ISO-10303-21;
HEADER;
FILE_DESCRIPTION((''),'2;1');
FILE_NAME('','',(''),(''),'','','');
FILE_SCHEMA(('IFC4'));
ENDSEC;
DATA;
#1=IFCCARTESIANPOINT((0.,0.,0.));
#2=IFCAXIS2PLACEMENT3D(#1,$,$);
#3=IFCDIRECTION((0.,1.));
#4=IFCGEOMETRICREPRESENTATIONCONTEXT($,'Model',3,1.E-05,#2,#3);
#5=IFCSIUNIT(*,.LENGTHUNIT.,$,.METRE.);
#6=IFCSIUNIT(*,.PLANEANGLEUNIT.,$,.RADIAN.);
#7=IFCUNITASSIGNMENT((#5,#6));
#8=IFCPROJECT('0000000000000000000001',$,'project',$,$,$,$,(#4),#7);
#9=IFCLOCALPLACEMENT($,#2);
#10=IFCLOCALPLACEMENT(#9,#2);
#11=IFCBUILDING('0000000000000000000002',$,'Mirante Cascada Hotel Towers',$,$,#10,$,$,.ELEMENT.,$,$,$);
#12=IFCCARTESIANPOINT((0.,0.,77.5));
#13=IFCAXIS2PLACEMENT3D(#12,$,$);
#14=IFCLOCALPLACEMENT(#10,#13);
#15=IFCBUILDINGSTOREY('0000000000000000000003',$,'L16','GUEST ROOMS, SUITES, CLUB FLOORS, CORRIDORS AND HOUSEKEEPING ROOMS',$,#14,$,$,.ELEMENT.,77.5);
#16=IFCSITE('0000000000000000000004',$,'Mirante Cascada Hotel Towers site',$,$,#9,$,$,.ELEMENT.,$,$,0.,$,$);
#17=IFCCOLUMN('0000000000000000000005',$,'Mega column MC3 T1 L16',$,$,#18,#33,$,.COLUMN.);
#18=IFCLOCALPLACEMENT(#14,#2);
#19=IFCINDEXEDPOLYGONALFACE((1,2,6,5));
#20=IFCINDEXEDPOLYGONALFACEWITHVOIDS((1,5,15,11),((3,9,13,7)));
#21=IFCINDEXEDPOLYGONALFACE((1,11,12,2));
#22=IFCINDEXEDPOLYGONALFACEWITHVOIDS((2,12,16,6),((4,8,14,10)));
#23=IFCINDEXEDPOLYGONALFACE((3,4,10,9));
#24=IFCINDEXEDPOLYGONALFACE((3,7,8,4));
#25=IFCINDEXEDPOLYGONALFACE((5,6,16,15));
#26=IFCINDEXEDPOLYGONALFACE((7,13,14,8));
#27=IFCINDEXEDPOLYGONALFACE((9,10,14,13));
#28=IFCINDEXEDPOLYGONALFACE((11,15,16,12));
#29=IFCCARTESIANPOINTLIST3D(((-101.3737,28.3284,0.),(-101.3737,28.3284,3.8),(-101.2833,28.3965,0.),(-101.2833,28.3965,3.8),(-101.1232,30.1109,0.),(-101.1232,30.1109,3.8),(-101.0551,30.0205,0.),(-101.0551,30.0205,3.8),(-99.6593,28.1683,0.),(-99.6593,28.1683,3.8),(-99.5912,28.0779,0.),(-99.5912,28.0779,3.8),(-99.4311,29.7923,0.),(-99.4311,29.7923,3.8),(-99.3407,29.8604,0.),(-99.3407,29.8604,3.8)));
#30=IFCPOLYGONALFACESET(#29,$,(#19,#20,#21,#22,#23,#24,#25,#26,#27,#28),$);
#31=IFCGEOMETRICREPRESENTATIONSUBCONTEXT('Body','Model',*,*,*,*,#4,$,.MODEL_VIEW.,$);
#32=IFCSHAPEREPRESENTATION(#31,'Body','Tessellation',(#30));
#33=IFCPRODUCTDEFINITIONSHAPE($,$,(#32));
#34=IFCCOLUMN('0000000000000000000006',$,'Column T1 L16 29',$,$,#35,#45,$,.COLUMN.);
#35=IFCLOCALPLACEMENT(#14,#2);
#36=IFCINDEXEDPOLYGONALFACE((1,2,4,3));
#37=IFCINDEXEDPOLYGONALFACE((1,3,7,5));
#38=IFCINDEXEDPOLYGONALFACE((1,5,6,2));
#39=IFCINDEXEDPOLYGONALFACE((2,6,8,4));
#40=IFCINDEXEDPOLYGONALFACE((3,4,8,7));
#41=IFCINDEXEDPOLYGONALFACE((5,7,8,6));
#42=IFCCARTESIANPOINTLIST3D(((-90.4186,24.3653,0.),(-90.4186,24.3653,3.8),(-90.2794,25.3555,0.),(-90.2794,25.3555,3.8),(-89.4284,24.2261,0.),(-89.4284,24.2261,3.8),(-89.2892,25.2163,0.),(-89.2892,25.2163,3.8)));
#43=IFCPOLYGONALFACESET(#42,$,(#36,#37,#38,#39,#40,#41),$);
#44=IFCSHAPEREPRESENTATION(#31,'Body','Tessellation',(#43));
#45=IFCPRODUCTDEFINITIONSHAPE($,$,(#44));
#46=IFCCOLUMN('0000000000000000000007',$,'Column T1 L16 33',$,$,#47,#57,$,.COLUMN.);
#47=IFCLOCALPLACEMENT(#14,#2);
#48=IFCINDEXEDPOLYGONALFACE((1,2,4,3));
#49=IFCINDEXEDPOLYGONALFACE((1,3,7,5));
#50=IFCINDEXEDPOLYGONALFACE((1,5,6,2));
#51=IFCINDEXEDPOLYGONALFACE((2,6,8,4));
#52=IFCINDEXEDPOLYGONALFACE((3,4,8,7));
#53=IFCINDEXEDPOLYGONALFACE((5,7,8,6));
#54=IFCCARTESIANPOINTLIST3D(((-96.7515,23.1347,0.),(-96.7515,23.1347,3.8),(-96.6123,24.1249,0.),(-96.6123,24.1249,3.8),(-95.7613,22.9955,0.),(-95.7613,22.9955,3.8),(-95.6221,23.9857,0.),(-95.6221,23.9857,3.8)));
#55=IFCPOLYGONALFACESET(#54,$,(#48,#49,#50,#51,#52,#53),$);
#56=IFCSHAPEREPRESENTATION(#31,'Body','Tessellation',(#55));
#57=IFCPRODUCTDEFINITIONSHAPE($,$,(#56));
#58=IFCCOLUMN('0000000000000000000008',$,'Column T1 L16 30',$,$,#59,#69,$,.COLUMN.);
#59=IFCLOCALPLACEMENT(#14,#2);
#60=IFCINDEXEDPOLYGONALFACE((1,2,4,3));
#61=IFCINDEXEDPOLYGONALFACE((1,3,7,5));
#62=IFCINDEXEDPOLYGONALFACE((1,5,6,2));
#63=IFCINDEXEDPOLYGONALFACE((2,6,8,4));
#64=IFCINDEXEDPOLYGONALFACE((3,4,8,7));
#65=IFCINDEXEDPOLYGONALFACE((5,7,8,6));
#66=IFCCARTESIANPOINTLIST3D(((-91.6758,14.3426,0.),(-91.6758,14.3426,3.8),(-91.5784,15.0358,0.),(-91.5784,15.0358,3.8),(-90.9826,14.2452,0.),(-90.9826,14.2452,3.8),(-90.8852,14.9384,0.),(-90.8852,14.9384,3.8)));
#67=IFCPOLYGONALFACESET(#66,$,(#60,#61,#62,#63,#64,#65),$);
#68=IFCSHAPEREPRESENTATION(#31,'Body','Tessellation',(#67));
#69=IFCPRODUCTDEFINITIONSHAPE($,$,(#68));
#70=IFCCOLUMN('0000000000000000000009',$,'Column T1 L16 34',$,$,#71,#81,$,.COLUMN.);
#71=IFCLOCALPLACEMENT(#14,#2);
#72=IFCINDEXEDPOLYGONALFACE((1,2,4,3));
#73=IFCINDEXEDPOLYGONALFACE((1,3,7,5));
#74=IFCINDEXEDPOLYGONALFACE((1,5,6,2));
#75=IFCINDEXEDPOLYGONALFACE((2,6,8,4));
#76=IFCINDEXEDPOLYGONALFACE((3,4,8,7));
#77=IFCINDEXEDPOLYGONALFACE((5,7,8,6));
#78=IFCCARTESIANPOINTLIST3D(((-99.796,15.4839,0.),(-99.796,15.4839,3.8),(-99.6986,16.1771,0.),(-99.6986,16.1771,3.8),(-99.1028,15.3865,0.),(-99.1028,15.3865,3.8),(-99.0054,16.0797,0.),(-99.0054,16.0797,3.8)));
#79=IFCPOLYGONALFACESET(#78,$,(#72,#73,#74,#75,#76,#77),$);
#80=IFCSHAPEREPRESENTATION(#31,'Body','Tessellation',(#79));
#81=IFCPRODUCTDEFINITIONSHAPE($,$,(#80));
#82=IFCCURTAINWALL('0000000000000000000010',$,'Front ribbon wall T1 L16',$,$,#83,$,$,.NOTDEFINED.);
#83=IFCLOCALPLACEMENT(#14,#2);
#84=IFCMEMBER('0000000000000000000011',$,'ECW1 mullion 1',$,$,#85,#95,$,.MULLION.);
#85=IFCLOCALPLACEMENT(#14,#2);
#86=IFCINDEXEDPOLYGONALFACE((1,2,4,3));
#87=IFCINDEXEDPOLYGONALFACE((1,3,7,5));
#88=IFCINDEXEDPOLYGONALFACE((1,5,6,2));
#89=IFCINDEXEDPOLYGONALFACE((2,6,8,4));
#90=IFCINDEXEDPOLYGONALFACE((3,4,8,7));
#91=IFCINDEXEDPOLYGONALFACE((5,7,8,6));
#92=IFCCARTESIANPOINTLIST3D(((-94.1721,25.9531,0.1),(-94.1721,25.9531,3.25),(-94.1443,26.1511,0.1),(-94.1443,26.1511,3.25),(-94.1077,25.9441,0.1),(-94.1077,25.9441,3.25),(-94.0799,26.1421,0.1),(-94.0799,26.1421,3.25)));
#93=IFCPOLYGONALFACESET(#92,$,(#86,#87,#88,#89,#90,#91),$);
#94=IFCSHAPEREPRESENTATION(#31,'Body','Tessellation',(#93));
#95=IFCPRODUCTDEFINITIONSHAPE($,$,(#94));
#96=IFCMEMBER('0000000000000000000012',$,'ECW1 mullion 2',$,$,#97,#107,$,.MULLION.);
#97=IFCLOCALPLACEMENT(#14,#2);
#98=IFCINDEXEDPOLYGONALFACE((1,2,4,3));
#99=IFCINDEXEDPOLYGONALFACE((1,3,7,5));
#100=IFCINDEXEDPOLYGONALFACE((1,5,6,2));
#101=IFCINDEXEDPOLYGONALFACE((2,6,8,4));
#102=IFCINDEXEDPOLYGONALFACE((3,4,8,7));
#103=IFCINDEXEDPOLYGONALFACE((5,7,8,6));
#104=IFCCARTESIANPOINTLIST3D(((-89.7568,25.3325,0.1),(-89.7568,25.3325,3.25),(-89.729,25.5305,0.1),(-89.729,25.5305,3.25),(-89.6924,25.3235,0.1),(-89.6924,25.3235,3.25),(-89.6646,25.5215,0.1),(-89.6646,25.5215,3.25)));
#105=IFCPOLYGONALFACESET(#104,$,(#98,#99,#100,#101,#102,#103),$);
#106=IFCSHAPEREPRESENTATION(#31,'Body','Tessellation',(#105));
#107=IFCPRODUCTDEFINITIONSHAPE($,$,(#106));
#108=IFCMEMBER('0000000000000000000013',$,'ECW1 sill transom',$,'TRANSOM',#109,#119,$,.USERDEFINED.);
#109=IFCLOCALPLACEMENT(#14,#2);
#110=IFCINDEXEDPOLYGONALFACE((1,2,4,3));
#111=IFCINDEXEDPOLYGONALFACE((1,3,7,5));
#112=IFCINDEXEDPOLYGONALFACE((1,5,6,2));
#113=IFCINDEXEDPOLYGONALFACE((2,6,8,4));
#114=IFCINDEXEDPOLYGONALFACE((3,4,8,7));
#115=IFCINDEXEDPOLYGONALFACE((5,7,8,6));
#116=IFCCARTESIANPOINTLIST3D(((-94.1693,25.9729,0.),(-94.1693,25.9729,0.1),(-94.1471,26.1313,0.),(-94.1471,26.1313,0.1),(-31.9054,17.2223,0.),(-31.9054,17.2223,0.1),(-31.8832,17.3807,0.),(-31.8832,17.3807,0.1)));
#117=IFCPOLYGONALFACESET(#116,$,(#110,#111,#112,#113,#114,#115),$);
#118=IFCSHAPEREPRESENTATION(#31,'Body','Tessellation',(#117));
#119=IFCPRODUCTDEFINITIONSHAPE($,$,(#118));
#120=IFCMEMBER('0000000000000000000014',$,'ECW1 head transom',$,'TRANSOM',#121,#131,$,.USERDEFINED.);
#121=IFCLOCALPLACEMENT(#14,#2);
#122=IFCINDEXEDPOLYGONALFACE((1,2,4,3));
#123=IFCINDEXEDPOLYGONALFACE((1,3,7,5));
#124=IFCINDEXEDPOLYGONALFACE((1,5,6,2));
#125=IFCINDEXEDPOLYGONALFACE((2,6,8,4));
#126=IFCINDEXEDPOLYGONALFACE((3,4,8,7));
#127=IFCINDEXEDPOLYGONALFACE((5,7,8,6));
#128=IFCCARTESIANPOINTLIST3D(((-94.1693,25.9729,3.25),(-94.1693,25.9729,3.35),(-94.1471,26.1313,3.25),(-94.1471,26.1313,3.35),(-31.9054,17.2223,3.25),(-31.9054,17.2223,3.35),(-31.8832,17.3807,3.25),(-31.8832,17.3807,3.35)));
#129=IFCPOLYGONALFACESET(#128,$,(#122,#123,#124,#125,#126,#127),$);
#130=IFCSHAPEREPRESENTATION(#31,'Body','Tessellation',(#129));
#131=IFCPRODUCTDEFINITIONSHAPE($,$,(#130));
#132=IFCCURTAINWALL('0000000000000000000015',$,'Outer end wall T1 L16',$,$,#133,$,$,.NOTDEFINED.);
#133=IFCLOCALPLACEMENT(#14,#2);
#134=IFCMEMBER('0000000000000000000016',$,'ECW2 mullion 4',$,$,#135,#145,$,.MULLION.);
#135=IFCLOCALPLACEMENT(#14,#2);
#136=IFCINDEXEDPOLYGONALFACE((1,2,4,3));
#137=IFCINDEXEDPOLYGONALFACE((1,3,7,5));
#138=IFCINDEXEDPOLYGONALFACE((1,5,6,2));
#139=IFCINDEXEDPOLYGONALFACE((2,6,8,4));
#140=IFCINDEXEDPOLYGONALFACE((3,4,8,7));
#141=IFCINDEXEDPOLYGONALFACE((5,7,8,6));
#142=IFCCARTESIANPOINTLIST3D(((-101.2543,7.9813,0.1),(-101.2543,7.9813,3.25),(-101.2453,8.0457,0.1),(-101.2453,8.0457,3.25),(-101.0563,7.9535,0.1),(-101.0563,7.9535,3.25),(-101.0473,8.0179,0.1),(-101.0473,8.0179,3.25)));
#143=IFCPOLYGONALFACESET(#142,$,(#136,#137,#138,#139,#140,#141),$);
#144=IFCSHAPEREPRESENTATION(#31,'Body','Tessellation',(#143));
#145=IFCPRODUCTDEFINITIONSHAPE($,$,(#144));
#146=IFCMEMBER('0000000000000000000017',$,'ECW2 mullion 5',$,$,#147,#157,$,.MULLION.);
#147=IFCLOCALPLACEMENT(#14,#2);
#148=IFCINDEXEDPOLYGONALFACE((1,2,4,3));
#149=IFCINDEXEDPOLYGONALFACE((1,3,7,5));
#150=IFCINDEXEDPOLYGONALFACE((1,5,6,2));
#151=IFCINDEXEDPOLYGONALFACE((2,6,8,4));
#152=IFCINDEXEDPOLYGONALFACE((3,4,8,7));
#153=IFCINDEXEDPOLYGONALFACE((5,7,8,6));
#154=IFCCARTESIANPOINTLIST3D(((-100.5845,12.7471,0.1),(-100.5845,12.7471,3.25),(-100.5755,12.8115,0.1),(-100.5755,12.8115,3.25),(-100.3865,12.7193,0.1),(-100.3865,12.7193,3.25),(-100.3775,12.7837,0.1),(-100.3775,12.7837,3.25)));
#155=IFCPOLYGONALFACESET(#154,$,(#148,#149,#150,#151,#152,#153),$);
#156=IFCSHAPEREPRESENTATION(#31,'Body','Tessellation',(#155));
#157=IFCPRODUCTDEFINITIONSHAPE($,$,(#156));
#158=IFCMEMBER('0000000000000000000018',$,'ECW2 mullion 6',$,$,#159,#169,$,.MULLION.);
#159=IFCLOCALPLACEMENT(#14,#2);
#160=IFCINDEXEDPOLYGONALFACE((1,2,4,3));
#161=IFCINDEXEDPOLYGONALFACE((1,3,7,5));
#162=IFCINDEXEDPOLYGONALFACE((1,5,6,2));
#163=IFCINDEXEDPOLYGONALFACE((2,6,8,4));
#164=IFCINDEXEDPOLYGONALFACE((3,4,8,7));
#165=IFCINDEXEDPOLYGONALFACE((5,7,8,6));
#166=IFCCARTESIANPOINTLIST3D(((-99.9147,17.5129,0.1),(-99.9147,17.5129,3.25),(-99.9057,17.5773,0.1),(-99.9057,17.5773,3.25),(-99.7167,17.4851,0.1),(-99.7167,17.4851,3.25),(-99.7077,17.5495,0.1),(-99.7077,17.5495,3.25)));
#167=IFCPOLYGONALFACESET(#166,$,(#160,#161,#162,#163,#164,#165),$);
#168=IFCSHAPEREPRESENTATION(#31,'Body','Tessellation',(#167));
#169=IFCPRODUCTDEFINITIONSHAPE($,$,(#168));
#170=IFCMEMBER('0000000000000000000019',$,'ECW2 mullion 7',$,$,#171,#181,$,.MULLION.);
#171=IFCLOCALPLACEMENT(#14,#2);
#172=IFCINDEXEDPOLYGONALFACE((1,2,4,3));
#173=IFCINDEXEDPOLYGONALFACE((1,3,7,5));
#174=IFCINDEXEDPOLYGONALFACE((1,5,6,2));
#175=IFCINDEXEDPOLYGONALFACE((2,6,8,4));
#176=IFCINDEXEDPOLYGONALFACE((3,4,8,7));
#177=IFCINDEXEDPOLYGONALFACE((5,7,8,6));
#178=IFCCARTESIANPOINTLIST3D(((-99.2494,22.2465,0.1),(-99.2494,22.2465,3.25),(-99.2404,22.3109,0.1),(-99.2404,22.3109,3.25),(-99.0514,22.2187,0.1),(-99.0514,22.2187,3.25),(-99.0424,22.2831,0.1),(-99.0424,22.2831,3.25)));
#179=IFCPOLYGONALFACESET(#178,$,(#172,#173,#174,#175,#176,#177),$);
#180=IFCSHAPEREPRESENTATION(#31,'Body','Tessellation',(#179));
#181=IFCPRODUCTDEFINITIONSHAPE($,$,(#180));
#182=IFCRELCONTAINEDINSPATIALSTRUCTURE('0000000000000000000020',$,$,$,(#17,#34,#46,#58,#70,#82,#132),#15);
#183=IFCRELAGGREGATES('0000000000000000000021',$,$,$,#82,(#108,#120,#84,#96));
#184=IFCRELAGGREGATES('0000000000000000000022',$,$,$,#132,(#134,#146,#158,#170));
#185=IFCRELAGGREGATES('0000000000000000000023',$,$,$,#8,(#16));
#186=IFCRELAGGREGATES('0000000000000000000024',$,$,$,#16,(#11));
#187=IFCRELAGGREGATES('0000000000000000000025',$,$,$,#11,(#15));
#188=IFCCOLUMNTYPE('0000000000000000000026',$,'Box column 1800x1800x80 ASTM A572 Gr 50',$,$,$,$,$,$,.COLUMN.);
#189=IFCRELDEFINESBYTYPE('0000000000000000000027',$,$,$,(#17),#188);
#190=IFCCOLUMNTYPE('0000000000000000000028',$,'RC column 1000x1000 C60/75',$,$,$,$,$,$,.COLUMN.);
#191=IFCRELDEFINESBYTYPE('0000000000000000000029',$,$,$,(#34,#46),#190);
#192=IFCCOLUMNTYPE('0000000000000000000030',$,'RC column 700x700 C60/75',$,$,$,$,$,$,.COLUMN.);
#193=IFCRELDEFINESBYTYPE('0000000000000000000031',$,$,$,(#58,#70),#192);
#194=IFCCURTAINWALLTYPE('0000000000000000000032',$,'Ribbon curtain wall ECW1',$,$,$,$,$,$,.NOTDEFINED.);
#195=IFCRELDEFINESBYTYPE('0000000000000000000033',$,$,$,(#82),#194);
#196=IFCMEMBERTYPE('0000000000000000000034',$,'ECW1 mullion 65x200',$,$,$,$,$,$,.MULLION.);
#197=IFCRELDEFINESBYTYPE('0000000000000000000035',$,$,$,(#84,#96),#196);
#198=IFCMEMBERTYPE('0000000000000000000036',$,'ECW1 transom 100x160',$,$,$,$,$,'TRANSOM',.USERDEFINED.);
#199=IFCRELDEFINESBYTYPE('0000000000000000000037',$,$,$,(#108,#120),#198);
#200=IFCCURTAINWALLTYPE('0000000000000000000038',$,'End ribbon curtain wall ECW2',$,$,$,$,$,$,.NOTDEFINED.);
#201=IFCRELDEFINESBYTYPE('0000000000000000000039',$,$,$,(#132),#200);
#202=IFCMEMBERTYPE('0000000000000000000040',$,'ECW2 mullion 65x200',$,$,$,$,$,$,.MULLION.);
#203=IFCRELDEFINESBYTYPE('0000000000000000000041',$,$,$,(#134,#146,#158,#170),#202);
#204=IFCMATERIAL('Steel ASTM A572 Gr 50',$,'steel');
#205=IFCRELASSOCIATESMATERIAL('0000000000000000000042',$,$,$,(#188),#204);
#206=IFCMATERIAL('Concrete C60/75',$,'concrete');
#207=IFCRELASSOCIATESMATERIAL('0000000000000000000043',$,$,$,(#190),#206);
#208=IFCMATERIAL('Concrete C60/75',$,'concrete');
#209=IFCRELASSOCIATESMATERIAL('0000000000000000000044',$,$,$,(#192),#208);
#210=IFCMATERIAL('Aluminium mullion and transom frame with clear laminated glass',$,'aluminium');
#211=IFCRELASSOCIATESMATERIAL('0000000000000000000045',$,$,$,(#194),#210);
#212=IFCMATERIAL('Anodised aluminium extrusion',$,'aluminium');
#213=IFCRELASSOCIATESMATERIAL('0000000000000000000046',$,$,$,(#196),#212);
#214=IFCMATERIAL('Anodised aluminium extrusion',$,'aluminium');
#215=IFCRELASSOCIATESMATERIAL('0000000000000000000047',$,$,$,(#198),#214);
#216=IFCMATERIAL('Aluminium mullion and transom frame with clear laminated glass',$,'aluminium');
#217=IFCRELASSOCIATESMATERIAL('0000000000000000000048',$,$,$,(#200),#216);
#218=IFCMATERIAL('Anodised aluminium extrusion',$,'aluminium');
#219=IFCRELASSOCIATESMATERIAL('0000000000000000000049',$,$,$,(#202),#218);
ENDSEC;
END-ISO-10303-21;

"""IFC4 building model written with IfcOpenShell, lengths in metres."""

from ifc_helpers import new_model, si_unit, direction, frame, origin, origin_2d, place, context, subcontext, project, spatial, rectangle, hollow_rectangle, extrude, material, material_profile, profile_set, type_object, element, aggregate, save


model = new_model("IFC4")

# Units and contexts
model_context = context("Model", 3, precision=1e-05, world=origin(), true_north=direction((0.0, 1.0)))
body_context = subcontext(model_context, "Body", "Model", "MODEL_VIEW")
ifc_project = project(units=[si_unit("LENGTHUNIT", "METRE"), si_unit("PLANEANGLEUNIT", "RADIAN")], contexts=[model_context])

# Site, building, storey
site_placement = place(None, origin())
site = spatial("IfcSite", under=ifc_project, at=site_placement, Name="Mirante Cascada Hotel Towers site", CompositionType="ELEMENT", RefElevation=0.0)
building_placement = place(site_placement, origin())
building = spatial("IfcBuilding", under=site, at=building_placement, Name="Mirante Cascada Hotel Towers", CompositionType="ELEMENT")
storey_placement = place(building_placement, frame((0.0, 0.0, 77.5)))
storey = spatial("IfcBuildingStorey", under=building, at=storey_placement, Name="L16", Description="GUEST ROOMS, SUITES, CLUB FLOORS, CORRIDORS AND HOUSEKEEPING ROOMS", CompositionType="ELEMENT", Elevation=77.5)

# Columns
ifc_material_1 = material(Name="Steel ASTM A572 Gr 50", Category="steel")
ifc_material_profile_1 = material_profile(ifc_material_1, hollow_rectangle(XDim=1.8, YDim=1.8, WallThickness=0.08, at=origin_2d()), Name="Box column 1800x1800x80 ASTM A572 Gr 50")
ifc_profile_set_1 = profile_set([ifc_material_profile_1], Name="Steel ASTM A572 Gr 50")
column_type_1 = type_object("IfcColumnType", Name="Box column 1800x1800x80 ASTM A572 Gr 50", PredefinedType="COLUMN", material=ifc_profile_set_1)
column_placement = place(storey_placement, frame((-100.3572, 29.0944, 0.0), z_axis=(0.0, 0.0, 1.0), x_axis=(-0.990268, 0.139173, 0.0)))
element("IfcColumn", 1, at=column_placement, inside=storey, type_object=column_type_1, Name="Mega column MC3 T1 L16", PredefinedType="COLUMN", context=body_context, shape_type="SweptSolid", body=[
    extrude(hollow_rectangle(XDim=1.8, YDim=1.8, WallThickness=0.08, at=origin_2d()), origin(), (0.0, 0.0, 1.0), 3.8),
])
ifc_material_2 = material(Name="Concrete C60/75", Category="concrete")
ifc_material_profile_2 = material_profile(ifc_material_2, rectangle(XDim=1.0, YDim=1.0, at=origin_2d()), Name="RC column 1000x1000 C60/75")
ifc_profile_set_2 = profile_set([ifc_material_profile_2], Name="Concrete C60/75")
column_type_2 = type_object("IfcColumnType", Name="RC column 1000x1000 C60/75", PredefinedType="COLUMN", material=ifc_profile_set_2)
for number, where, z_axis, x_axis, name in (
    (2, (-89.8539, 24.7908, 0.0), (0.0, 0.0, 1.0), (-0.990268, 0.139173, 0.0), "Column T1 L16 29"),
    (3, (-96.1868, 23.5602, 0.0), (0.0, 0.0, 1.0), (-0.990268, 0.139173, 0.0), "Column T1 L16 33"),
):
    element("IfcColumn", number, at=place(storey_placement, frame(where, z_axis=z_axis, x_axis=x_axis)), inside=storey, type_object=column_type_2, Name=name, PredefinedType="COLUMN", context=body_context, shape_type="SweptSolid", body=[
        extrude(rectangle(XDim=1.0, YDim=1.0, at=origin_2d()), origin(), (0.0, 0.0, 1.0), 3.8),
    ])
ifc_material_3 = material(Name="Concrete C60/75", Category="concrete")
ifc_material_profile_3 = material_profile(ifc_material_3, rectangle(XDim=0.7, YDim=0.7, at=origin_2d()), Name="RC column 700x700 C60/75")
ifc_profile_set_3 = profile_set([ifc_material_profile_3], Name="Concrete C60/75")
column_type_3 = type_object("IfcColumnType", Name="RC column 700x700 C60/75", PredefinedType="COLUMN", material=ifc_profile_set_3)
for number, where, z_axis, x_axis, name in (
    (4, (-91.2805, 14.6405, 0.0), (0.0, 0.0, 1.0), (-0.990268, 0.139173, 0.0), "Column T1 L16 30"),
    (5, (-99.4007, 15.7818, 0.0), (0.0, 0.0, 1.0), (-0.990268, 0.139173, 0.0), "Column T1 L16 34"),
):
    element("IfcColumn", number, at=place(storey_placement, frame(where, z_axis=z_axis, x_axis=x_axis)), inside=storey, type_object=column_type_3, Name=name, PredefinedType="COLUMN", context=body_context, shape_type="SweptSolid", body=[
        extrude(rectangle(XDim=0.7, YDim=0.7, at=origin_2d()), origin(), (0.0, 0.0, 1.0), 3.8),
    ])

# Curtain walls, members
ifc_material_4 = material(Name="Aluminium mullion and transom frame with clear laminated glass", Category="aluminium")
curtain_wall_type_1 = type_object("IfcCurtainWallType", Name="Ribbon curtain wall ECW1", PredefinedType="NOTDEFINED", material=ifc_material_4)
curtain_wall_1_placement = place(storey_placement, origin())
curtain_wall_1 = element("IfcCurtainWall", 6, at=curtain_wall_1_placement, inside=storey, type_object=curtain_wall_type_1, Name="Front ribbon wall T1 L16", PredefinedType="NOTDEFINED")
ifc_material_5 = material(Name="Anodised aluminium extrusion", Category="aluminium")
ifc_material_profile_4 = material_profile(ifc_material_5, rectangle(XDim=0.2, YDim=0.065, at=origin_2d()), Name="ECW1 MULLION 65x200")
ifc_profile_set_4 = profile_set([ifc_material_profile_4], Name="Anodised aluminium extrusion")
member_type_1 = type_object("IfcMemberType", Name="ECW1 mullion 65x200", PredefinedType="MULLION", material=ifc_profile_set_4)
member_1_placement = place(storey_placement, frame((-94.126, 26.0476, 0.1), z_axis=(0.0, 0.0, 1.0), x_axis=(0.139173, 0.990268, 0.0)))
member_1 = element("IfcMember", 7, at=member_1_placement, type_object=member_type_1, Name="ECW1 mullion 1", PredefinedType="MULLION", context=body_context, shape_type="SweptSolid", body=[
    extrude(rectangle(XDim=0.2, YDim=0.065, at=origin_2d()), origin(), (0.0, 0.0, 1.0), 3.15),
])
member_2_placement = place(storey_placement, frame((-89.7107, 25.427, 0.1), z_axis=(0.0, 0.0, 1.0), x_axis=(0.139173, 0.990268, 0.0)))
member_2 = element("IfcMember", 8, at=member_2_placement, type_object=member_type_1, Name="ECW1 mullion 2", PredefinedType="MULLION", context=body_context, shape_type="SweptSolid", body=[
    extrude(rectangle(XDim=0.2, YDim=0.065, at=origin_2d()), origin(), (0.0, 0.0, 1.0), 3.15),
])
ifc_material_6 = material(Name="Anodised aluminium extrusion", Category="aluminium")
ifc_material_profile_5 = material_profile(ifc_material_6, rectangle(XDim=0.16, YDim=0.1, at=origin_2d()), Name="ECW1 TRANSOM 100x160")
ifc_profile_set_5 = profile_set([ifc_material_profile_5], Name="Anodised aluminium extrusion")
member_type_2 = type_object("IfcMemberType", Name="ECW1 transom 100x160", ElementType="TRANSOM", PredefinedType="USERDEFINED", material=ifc_profile_set_5)
member_3_placement = place(storey_placement, frame((-94.1582, 26.0521, 0.05), z_axis=(0.990268, -0.139173, 0.0), x_axis=(0.139173, 0.990268, 0.0)))
member_3 = element("IfcMember", 9, at=member_3_placement, type_object=member_type_2, Name="ECW1 sill transom", ObjectType="TRANSOM", PredefinedType="USERDEFINED", context=body_context, shape_type="SweptSolid", body=[
    extrude(rectangle(XDim=0.16, YDim=0.1, at=origin_2d()), origin(), (0.0, 0.0, 1.0), 62.8758),
])
member_4_placement = place(storey_placement, frame((-94.1582, 26.0521, 3.3), z_axis=(0.990268, -0.139173, 0.0), x_axis=(0.139173, 0.990268, 0.0)))
member_4 = element("IfcMember", 10, at=member_4_placement, type_object=member_type_2, Name="ECW1 head transom", ObjectType="TRANSOM", PredefinedType="USERDEFINED", context=body_context, shape_type="SweptSolid", body=[
    extrude(rectangle(XDim=0.16, YDim=0.1, at=origin_2d()), origin(), (0.0, 0.0, 1.0), 62.8758),
])
ifc_material_7 = material(Name="Aluminium mullion and transom frame with clear laminated glass", Category="aluminium")
curtain_wall_type_2 = type_object("IfcCurtainWallType", Name="End ribbon curtain wall ECW2", PredefinedType="NOTDEFINED", material=ifc_material_7)
curtain_wall_2_placement = place(storey_placement, origin())
curtain_wall_2 = element("IfcCurtainWall", 11, at=curtain_wall_2_placement, inside=storey, type_object=curtain_wall_type_2, Name="Outer end wall T1 L16", PredefinedType="NOTDEFINED")
ifc_material_8 = material(Name="Anodised aluminium extrusion", Category="aluminium")
ifc_material_profile_6 = material_profile(ifc_material_8, rectangle(XDim=0.2, YDim=0.065, at=origin_2d()), Name="ECW2 MULLION 65x200")
ifc_profile_set_6 = profile_set([ifc_material_profile_6], Name="Anodised aluminium extrusion")
member_type_3 = type_object("IfcMemberType", Name="ECW2 mullion 65x200", PredefinedType="MULLION", material=ifc_profile_set_6)
member_5_placement = place(storey_placement, frame((-101.1508, 7.9996, 0.1), z_axis=(0.0, 0.0, 1.0), x_axis=(-0.990268, 0.139173, 0.0)))
member_5 = element("IfcMember", 12, at=member_5_placement, type_object=member_type_3, Name="ECW2 mullion 4", PredefinedType="MULLION", context=body_context, shape_type="SweptSolid", body=[
    extrude(rectangle(XDim=0.2, YDim=0.065, at=origin_2d()), origin(), (0.0, 0.0, 1.0), 3.15),
])
member_6_placement = place(storey_placement, frame((-100.481, 12.7654, 0.1), z_axis=(0.0, 0.0, 1.0), x_axis=(-0.990268, 0.139173, 0.0)))
member_6 = element("IfcMember", 13, at=member_6_placement, type_object=member_type_3, Name="ECW2 mullion 5", PredefinedType="MULLION", context=body_context, shape_type="SweptSolid", body=[
    extrude(rectangle(XDim=0.2, YDim=0.065, at=origin_2d()), origin(), (0.0, 0.0, 1.0), 3.15),
])
member_7_placement = place(storey_placement, frame((-99.8112, 17.5312, 0.1), z_axis=(0.0, 0.0, 1.0), x_axis=(-0.990268, 0.139173, 0.0)))
member_7 = element("IfcMember", 14, at=member_7_placement, type_object=member_type_3, Name="ECW2 mullion 6", PredefinedType="MULLION", context=body_context, shape_type="SweptSolid", body=[
    extrude(rectangle(XDim=0.2, YDim=0.065, at=origin_2d()), origin(), (0.0, 0.0, 1.0), 3.15),
])
member_8_placement = place(storey_placement, frame((-99.1459, 22.2648, 0.1), z_axis=(0.0, 0.0, 1.0), x_axis=(-0.990268, 0.139173, 0.0)))
member_8 = element("IfcMember", 15, at=member_8_placement, type_object=member_type_3, Name="ECW2 mullion 7", PredefinedType="MULLION", context=body_context, shape_type="SweptSolid", body=[
    extrude(rectangle(XDim=0.2, YDim=0.065, at=origin_2d()), origin(), (0.0, 0.0, 1.0), 3.15),
])

aggregate(curtain_wall_1, [member_3, member_4, member_1, member_2])
aggregate(curtain_wall_2, [member_5, member_6, member_7, member_8])

save(model, "model.ifc")
